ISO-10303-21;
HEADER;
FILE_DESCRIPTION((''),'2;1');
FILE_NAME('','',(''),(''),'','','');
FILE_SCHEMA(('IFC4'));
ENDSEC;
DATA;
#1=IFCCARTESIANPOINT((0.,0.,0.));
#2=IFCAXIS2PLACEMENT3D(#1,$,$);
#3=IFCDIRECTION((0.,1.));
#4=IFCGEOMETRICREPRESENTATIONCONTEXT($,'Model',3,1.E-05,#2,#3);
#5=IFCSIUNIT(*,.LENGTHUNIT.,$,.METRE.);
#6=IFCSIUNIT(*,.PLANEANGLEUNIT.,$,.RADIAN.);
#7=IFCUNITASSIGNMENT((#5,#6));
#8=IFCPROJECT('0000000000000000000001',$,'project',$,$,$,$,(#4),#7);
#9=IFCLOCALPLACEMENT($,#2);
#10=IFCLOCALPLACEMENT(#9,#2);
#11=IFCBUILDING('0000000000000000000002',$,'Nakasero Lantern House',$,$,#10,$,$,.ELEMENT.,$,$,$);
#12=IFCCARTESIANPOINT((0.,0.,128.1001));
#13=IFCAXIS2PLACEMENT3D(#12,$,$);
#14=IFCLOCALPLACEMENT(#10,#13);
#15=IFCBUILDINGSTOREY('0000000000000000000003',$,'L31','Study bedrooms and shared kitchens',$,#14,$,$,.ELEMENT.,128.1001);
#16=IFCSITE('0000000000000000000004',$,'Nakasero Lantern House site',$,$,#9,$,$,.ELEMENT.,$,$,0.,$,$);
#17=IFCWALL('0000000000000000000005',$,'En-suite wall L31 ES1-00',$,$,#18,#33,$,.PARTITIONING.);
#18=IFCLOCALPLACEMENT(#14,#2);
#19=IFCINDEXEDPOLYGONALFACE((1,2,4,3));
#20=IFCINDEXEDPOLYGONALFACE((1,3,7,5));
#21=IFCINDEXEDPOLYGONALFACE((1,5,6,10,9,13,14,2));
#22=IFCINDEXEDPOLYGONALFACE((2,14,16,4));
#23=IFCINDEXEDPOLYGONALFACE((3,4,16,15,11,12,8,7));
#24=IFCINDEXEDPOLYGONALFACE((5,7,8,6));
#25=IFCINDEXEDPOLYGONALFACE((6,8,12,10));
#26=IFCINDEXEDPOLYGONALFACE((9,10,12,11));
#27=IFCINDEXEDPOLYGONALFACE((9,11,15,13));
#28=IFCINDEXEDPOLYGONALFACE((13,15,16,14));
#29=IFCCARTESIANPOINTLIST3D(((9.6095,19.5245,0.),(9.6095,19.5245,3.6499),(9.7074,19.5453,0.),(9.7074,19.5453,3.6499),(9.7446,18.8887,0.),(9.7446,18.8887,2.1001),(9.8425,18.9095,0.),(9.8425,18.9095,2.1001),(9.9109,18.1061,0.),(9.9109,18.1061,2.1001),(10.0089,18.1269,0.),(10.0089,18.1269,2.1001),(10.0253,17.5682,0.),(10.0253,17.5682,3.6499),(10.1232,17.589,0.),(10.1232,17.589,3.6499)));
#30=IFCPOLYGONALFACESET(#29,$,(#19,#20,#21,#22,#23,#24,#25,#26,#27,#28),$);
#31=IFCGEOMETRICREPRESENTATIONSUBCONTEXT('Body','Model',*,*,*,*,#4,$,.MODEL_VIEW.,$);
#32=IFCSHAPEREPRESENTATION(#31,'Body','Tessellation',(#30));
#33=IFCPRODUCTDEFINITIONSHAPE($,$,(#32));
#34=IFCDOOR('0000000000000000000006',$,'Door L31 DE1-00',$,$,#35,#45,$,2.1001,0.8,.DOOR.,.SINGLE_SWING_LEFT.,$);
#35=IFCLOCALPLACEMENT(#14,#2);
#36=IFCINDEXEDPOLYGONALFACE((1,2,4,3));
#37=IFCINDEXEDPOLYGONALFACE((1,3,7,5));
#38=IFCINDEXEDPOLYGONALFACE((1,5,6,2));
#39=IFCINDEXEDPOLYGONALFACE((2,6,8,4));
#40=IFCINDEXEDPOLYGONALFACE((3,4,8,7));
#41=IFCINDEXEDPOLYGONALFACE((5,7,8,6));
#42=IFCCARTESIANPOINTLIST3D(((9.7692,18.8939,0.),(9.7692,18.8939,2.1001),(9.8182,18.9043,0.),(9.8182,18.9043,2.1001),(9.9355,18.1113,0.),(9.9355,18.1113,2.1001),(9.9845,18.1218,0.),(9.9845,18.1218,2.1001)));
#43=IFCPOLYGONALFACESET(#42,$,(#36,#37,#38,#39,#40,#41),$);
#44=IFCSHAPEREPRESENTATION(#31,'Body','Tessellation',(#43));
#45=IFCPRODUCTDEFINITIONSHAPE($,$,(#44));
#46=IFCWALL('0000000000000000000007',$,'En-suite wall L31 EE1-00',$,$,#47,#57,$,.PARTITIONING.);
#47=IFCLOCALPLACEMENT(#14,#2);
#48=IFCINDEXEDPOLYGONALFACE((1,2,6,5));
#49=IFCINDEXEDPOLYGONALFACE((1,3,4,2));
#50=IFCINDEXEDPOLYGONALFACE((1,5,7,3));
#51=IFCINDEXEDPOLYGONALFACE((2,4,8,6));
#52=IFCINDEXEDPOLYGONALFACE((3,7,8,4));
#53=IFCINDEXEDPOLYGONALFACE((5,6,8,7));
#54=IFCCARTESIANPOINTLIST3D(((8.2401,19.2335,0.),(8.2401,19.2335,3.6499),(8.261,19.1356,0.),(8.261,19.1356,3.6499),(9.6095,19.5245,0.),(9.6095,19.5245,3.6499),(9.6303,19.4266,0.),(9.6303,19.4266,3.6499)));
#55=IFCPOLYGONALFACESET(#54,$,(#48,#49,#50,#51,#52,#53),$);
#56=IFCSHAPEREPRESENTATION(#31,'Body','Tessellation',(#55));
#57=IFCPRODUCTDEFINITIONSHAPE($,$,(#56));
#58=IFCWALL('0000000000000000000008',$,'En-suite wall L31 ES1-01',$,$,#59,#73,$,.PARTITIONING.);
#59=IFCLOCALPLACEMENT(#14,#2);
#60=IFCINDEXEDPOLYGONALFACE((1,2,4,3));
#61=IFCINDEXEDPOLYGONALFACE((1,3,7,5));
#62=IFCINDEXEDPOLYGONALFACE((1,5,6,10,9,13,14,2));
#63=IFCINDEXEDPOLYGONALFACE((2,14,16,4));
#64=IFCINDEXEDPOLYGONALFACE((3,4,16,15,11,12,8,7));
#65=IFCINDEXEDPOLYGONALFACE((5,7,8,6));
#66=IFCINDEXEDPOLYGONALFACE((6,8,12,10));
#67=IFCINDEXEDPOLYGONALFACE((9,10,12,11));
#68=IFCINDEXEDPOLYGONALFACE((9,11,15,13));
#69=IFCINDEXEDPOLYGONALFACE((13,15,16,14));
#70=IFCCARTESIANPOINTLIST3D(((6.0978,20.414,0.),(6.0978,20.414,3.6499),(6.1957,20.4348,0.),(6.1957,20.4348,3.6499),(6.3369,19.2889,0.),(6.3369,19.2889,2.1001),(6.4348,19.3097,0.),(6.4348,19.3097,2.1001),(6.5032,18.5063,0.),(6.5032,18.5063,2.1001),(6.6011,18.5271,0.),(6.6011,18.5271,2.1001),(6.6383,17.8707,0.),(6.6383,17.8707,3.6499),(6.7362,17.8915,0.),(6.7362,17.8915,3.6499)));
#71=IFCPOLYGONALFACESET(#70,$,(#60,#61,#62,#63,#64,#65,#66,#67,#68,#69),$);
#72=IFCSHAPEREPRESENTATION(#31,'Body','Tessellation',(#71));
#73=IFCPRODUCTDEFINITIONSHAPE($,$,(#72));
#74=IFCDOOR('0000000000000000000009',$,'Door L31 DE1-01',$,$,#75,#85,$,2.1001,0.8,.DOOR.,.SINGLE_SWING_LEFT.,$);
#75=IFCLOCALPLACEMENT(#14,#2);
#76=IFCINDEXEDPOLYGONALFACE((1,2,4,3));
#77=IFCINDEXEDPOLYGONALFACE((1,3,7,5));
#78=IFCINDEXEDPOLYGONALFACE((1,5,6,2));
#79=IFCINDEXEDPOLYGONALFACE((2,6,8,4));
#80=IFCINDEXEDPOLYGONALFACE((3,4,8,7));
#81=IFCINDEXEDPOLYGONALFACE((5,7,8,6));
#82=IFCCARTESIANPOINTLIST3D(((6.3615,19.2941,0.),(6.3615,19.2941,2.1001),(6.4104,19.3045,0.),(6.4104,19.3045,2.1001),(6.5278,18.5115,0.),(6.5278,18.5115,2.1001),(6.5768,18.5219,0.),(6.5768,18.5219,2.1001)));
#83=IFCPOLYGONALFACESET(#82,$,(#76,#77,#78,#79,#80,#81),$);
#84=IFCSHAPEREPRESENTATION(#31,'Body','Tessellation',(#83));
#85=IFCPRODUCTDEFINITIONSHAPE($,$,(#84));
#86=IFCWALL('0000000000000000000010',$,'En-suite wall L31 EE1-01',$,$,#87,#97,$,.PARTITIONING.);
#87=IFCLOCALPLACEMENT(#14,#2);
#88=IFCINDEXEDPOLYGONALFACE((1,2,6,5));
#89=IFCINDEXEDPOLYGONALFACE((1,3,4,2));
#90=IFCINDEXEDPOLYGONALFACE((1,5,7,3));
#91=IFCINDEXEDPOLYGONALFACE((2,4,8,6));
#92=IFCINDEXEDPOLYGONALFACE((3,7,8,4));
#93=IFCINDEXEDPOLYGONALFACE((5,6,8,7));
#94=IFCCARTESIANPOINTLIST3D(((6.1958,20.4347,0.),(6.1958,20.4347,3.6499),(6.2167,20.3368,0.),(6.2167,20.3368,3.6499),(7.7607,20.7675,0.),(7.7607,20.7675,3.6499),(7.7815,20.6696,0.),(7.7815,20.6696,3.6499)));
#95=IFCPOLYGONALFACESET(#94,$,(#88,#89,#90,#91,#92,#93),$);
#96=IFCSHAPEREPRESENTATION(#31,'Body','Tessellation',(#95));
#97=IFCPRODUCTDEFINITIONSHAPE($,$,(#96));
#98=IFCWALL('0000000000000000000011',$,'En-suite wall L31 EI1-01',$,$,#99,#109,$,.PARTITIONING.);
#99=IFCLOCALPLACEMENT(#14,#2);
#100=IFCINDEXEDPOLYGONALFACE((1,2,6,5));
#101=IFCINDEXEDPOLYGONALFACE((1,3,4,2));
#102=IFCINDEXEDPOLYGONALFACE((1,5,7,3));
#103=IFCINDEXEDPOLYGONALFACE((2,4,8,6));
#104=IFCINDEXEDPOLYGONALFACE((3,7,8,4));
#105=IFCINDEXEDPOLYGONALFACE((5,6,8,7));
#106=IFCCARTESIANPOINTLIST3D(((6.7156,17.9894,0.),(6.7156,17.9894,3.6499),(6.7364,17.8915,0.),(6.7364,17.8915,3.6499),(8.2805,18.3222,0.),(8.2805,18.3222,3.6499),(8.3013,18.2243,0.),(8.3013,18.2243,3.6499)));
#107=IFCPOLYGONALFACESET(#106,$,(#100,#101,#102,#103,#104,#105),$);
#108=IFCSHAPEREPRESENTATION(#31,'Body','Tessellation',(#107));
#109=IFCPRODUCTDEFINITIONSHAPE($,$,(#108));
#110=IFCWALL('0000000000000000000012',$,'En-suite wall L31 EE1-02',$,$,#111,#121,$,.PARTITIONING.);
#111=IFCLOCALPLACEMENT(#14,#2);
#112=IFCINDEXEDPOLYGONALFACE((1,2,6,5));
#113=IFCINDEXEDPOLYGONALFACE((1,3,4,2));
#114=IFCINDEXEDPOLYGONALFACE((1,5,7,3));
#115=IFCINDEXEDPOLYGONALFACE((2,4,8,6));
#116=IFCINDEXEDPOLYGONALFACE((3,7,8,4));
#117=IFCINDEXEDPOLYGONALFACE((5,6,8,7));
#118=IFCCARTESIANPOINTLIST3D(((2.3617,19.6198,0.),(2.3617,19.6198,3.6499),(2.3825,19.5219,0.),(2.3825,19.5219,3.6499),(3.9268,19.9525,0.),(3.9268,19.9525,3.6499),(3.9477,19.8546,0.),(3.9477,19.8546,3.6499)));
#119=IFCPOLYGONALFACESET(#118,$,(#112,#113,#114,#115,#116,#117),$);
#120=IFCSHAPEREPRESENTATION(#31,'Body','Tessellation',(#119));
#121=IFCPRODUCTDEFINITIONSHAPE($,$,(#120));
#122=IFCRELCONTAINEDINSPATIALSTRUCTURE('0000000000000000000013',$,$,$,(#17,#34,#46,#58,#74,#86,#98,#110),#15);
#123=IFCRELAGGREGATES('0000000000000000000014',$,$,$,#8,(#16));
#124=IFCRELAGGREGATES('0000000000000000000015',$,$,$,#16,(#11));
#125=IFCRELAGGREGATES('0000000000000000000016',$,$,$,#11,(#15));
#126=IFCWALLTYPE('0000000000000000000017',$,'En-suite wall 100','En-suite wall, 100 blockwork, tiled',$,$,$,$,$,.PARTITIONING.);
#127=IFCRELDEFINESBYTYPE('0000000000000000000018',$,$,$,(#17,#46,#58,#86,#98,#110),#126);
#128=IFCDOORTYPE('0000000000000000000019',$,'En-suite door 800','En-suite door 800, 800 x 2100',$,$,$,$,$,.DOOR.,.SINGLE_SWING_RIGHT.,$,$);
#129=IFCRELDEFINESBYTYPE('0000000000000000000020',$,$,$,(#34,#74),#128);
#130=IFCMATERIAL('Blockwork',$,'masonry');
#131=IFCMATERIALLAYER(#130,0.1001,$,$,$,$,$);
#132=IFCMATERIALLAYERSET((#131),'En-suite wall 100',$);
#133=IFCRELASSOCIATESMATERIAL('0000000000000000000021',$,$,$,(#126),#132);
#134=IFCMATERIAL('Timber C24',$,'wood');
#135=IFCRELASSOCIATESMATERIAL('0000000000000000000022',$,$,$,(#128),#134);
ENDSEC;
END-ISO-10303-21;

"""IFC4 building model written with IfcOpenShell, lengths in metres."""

from ifc_helpers import new_model, si_unit, direction, frame, frame_2d, origin, place, context, subcontext, project, spatial, rectangle, extrude, material, layer, layer_set, type_object, element, fill, save


model = new_model("IFC4")

# Units and contexts
model_context = context("Model", 3, precision=1e-05, world=origin(), true_north=direction((0.0, 1.0)))
body_context = subcontext(model_context, "Body", "Model", "MODEL_VIEW")
ifc_project = project(units=[si_unit("LENGTHUNIT", "METRE"), si_unit("PLANEANGLEUNIT", "RADIAN")], contexts=[model_context])

# Site, building, storey
site_placement = place(None, origin())
site = spatial("IfcSite", under=ifc_project, at=site_placement, Name="Nakasero Lantern House site", CompositionType="ELEMENT", RefElevation=0.0)
building_placement = place(site_placement, origin())
building = spatial("IfcBuilding", under=site, at=building_placement, Name="Nakasero Lantern House", CompositionType="ELEMENT")
storey_placement = place(building_placement, frame((0.0, 0.0, 128.1001)))
storey = spatial("IfcBuildingStorey", under=building, at=storey_placement, Name="L31", Description="Study bedrooms and shared kitchens", CompositionType="ELEMENT", Elevation=128.1001)

# Shared definitions
ifc_material_1 = material(Name="Blockwork", Category="masonry")
ifc_layer_1 = layer(ifc_material_1, 0.1001)
ifc_layer_set_1 = layer_set([ifc_layer_1], Name="En-suite wall 100")
wall_type_1 = type_object("IfcWallType", Name="En-suite wall 100", Description="En-suite wall, 100 blockwork, tiled", PredefinedType="PARTITIONING", material=ifc_layer_set_1)
ifc_material_2 = material(Name="Timber C24", Category="wood")
door_type_1 = type_object("IfcDoorType", Name="En-suite door 800", Description="En-suite door 800, 800 x 2100", OperationType="SINGLE_SWING_RIGHT", PredefinedType="DOOR", material=ifc_material_2)

# Wall, opening, door
wall_1_placement = place(storey_placement, frame((10.0742, 17.5786, 0.0), z_axis=(0.0, 0.0, 1.0), x_axis=(-0.207886, 0.978153, 0.0)))
wall_1 = element("IfcWall", 1, at=wall_1_placement, inside=storey, type_object=wall_type_1, Name="En-suite wall L31 ES1-00", PredefinedType="PARTITIONING", context=body_context, shape_type="SweptSolid", body=[
    extrude(rectangle(XDim=2.0, YDim=0.1001, at=frame_2d((1.0, 0.0))), origin(), (0.0, 0.0, 1.0), 3.6499),
])
opening_1_placement = place(wall_1_placement, frame((0.55, 0.0, 0.0)))
opening_1 = element("IfcOpeningElement", 2, at=opening_1_placement, cuts=wall_1, PredefinedType="OPENING", context=body_context, shape_type="SweptSolid", body=[
    extrude(rectangle(XDim=0.8, YDim=2.1001, at=frame_2d((0.3999, 1.05))), frame((0.0, 0.0701, 0.0), z_axis=(0.0, -1.0, 0.0), x_axis=(1.0, 0.0, 0.0)), (0.0, 0.0, 1.0), 0.1401),
])
door_1_placement = place(opening_1_placement, origin())
door_1 = element("IfcDoor", 3, at=door_1_placement, inside=storey, type_object=door_type_1, Name="Door L31 DE1-00", OperationType="SINGLE_SWING_LEFT", OverallHeight=2.1001, OverallWidth=0.8, PredefinedType="DOOR", context=body_context, shape_type="SweptSolid", body=[
    extrude(rectangle(XDim=0.8, YDim=2.1001, at=frame_2d((0.3999, 1.05))), frame((0.0, 0.0249, 0.0), z_axis=(0.0, -1.0, 0.0), x_axis=(1.0, 0.0, 0.0)), (0.0, 0.0, 1.0), 0.05),
])
fill(opening_1, door_1)

# Wall
wall_2_placement = place(storey_placement, frame((9.6199, 19.4756, 0.0), z_axis=(0.0, 0.0, 1.0), x_axis=(-0.978156, -0.207873, 0.0)))
element("IfcWall", 4, at=wall_2_placement, inside=storey, type_object=wall_type_1, Name="En-suite wall L31 EE1-00", PredefinedType="PARTITIONING", context=body_context, shape_type="SweptSolid", body=[
    extrude(rectangle(XDim=1.3999, YDim=0.1001, at=frame_2d((0.7, 0.0))), origin(), (0.0, 0.0, 1.0), 3.6499),
])

# Wall, opening, door
wall_3_placement = place(storey_placement, frame((6.6873, 17.8811, 0.0), z_axis=(0.0, 0.0, 1.0), x_axis=(-0.207894, 0.978151, 0.0)))
wall_3 = element("IfcWall", 5, at=wall_3_placement, inside=storey, type_object=wall_type_1, Name="En-suite wall L31 ES1-01", PredefinedType="PARTITIONING", context=body_context, shape_type="SweptSolid", body=[
    extrude(rectangle(XDim=2.6001, YDim=0.1001, at=frame_2d((1.3, 0.0))), origin(), (0.0, 0.0, 1.0), 3.6499),
])
opening_2_placement = place(wall_3_placement, frame((0.6499, 0.0, 0.0)))
opening_2 = element("IfcOpeningElement", 6, at=opening_2_placement, cuts=wall_3, PredefinedType="OPENING", context=body_context, shape_type="SweptSolid", body=[
    extrude(rectangle(XDim=0.8, YDim=2.1001, at=frame_2d((0.3999, 1.05))), frame((0.0, 0.0701, 0.0), z_axis=(0.0, -1.0, 0.0), x_axis=(1.0, 0.0, 0.0)), (0.0, 0.0, 1.0), 0.1401),
])
door_2_placement = place(opening_2_placement, origin())
door_2 = element("IfcDoor", 7, at=door_2_placement, inside=storey, type_object=door_type_1, Name="Door L31 DE1-01", OperationType="SINGLE_SWING_LEFT", OverallHeight=2.1001, OverallWidth=0.8, PredefinedType="DOOR", context=body_context, shape_type="SweptSolid", body=[
    extrude(rectangle(XDim=0.8, YDim=2.1001, at=frame_2d((0.3999, 1.05))), frame((0.0, 0.0249, 0.0), z_axis=(0.0, -1.0, 0.0), x_axis=(1.0, 0.0, 0.0)), (0.0, 0.0, 1.0), 0.05),
])
fill(opening_2, door_2)

# Walls
for number, where, z_axis, x_axis, name in (
    (8, (7.771, 20.7185, 0.0), (0.0, 0.0, 1.0), (-0.978132, -0.207987, 0.0), "En-suite wall L31 EE1-01"),
    (9, (8.2908, 18.2732, 0.0), (0.0, 0.0, 1.0), (-0.978132, -0.207987, 0.0), "En-suite wall L31 EI1-01"),
):
    element("IfcWall", number, at=place(storey_placement, frame(where, z_axis=z_axis, x_axis=x_axis)), inside=storey, type_object=wall_type_1, Name=name, PredefinedType="PARTITIONING", context=body_context, shape_type="SweptSolid", body=[
        extrude(rectangle(XDim=1.5999, YDim=0.1001, at=frame_2d((0.7998, 0.0))), origin(), (0.0, 0.0, 1.0), 3.6499),
    ])
wall_4_placement = place(storey_placement, frame((3.9373, 19.9036, 0.0), z_axis=(0.0, 0.0, 1.0), x_axis=(-0.978138, -0.207955, 0.0)))
element("IfcWall", 10, at=wall_4_placement, inside=storey, type_object=wall_type_1, Name="En-suite wall L31 EE1-02", PredefinedType="PARTITIONING", context=body_context, shape_type="SweptSolid", body=[
    extrude(rectangle(XDim=1.6001, YDim=0.1001, at=frame_2d((0.8, 0.0))), origin(), (0.0, 0.0, 1.0), 3.6499),
])

save(model, "model.ifc")
